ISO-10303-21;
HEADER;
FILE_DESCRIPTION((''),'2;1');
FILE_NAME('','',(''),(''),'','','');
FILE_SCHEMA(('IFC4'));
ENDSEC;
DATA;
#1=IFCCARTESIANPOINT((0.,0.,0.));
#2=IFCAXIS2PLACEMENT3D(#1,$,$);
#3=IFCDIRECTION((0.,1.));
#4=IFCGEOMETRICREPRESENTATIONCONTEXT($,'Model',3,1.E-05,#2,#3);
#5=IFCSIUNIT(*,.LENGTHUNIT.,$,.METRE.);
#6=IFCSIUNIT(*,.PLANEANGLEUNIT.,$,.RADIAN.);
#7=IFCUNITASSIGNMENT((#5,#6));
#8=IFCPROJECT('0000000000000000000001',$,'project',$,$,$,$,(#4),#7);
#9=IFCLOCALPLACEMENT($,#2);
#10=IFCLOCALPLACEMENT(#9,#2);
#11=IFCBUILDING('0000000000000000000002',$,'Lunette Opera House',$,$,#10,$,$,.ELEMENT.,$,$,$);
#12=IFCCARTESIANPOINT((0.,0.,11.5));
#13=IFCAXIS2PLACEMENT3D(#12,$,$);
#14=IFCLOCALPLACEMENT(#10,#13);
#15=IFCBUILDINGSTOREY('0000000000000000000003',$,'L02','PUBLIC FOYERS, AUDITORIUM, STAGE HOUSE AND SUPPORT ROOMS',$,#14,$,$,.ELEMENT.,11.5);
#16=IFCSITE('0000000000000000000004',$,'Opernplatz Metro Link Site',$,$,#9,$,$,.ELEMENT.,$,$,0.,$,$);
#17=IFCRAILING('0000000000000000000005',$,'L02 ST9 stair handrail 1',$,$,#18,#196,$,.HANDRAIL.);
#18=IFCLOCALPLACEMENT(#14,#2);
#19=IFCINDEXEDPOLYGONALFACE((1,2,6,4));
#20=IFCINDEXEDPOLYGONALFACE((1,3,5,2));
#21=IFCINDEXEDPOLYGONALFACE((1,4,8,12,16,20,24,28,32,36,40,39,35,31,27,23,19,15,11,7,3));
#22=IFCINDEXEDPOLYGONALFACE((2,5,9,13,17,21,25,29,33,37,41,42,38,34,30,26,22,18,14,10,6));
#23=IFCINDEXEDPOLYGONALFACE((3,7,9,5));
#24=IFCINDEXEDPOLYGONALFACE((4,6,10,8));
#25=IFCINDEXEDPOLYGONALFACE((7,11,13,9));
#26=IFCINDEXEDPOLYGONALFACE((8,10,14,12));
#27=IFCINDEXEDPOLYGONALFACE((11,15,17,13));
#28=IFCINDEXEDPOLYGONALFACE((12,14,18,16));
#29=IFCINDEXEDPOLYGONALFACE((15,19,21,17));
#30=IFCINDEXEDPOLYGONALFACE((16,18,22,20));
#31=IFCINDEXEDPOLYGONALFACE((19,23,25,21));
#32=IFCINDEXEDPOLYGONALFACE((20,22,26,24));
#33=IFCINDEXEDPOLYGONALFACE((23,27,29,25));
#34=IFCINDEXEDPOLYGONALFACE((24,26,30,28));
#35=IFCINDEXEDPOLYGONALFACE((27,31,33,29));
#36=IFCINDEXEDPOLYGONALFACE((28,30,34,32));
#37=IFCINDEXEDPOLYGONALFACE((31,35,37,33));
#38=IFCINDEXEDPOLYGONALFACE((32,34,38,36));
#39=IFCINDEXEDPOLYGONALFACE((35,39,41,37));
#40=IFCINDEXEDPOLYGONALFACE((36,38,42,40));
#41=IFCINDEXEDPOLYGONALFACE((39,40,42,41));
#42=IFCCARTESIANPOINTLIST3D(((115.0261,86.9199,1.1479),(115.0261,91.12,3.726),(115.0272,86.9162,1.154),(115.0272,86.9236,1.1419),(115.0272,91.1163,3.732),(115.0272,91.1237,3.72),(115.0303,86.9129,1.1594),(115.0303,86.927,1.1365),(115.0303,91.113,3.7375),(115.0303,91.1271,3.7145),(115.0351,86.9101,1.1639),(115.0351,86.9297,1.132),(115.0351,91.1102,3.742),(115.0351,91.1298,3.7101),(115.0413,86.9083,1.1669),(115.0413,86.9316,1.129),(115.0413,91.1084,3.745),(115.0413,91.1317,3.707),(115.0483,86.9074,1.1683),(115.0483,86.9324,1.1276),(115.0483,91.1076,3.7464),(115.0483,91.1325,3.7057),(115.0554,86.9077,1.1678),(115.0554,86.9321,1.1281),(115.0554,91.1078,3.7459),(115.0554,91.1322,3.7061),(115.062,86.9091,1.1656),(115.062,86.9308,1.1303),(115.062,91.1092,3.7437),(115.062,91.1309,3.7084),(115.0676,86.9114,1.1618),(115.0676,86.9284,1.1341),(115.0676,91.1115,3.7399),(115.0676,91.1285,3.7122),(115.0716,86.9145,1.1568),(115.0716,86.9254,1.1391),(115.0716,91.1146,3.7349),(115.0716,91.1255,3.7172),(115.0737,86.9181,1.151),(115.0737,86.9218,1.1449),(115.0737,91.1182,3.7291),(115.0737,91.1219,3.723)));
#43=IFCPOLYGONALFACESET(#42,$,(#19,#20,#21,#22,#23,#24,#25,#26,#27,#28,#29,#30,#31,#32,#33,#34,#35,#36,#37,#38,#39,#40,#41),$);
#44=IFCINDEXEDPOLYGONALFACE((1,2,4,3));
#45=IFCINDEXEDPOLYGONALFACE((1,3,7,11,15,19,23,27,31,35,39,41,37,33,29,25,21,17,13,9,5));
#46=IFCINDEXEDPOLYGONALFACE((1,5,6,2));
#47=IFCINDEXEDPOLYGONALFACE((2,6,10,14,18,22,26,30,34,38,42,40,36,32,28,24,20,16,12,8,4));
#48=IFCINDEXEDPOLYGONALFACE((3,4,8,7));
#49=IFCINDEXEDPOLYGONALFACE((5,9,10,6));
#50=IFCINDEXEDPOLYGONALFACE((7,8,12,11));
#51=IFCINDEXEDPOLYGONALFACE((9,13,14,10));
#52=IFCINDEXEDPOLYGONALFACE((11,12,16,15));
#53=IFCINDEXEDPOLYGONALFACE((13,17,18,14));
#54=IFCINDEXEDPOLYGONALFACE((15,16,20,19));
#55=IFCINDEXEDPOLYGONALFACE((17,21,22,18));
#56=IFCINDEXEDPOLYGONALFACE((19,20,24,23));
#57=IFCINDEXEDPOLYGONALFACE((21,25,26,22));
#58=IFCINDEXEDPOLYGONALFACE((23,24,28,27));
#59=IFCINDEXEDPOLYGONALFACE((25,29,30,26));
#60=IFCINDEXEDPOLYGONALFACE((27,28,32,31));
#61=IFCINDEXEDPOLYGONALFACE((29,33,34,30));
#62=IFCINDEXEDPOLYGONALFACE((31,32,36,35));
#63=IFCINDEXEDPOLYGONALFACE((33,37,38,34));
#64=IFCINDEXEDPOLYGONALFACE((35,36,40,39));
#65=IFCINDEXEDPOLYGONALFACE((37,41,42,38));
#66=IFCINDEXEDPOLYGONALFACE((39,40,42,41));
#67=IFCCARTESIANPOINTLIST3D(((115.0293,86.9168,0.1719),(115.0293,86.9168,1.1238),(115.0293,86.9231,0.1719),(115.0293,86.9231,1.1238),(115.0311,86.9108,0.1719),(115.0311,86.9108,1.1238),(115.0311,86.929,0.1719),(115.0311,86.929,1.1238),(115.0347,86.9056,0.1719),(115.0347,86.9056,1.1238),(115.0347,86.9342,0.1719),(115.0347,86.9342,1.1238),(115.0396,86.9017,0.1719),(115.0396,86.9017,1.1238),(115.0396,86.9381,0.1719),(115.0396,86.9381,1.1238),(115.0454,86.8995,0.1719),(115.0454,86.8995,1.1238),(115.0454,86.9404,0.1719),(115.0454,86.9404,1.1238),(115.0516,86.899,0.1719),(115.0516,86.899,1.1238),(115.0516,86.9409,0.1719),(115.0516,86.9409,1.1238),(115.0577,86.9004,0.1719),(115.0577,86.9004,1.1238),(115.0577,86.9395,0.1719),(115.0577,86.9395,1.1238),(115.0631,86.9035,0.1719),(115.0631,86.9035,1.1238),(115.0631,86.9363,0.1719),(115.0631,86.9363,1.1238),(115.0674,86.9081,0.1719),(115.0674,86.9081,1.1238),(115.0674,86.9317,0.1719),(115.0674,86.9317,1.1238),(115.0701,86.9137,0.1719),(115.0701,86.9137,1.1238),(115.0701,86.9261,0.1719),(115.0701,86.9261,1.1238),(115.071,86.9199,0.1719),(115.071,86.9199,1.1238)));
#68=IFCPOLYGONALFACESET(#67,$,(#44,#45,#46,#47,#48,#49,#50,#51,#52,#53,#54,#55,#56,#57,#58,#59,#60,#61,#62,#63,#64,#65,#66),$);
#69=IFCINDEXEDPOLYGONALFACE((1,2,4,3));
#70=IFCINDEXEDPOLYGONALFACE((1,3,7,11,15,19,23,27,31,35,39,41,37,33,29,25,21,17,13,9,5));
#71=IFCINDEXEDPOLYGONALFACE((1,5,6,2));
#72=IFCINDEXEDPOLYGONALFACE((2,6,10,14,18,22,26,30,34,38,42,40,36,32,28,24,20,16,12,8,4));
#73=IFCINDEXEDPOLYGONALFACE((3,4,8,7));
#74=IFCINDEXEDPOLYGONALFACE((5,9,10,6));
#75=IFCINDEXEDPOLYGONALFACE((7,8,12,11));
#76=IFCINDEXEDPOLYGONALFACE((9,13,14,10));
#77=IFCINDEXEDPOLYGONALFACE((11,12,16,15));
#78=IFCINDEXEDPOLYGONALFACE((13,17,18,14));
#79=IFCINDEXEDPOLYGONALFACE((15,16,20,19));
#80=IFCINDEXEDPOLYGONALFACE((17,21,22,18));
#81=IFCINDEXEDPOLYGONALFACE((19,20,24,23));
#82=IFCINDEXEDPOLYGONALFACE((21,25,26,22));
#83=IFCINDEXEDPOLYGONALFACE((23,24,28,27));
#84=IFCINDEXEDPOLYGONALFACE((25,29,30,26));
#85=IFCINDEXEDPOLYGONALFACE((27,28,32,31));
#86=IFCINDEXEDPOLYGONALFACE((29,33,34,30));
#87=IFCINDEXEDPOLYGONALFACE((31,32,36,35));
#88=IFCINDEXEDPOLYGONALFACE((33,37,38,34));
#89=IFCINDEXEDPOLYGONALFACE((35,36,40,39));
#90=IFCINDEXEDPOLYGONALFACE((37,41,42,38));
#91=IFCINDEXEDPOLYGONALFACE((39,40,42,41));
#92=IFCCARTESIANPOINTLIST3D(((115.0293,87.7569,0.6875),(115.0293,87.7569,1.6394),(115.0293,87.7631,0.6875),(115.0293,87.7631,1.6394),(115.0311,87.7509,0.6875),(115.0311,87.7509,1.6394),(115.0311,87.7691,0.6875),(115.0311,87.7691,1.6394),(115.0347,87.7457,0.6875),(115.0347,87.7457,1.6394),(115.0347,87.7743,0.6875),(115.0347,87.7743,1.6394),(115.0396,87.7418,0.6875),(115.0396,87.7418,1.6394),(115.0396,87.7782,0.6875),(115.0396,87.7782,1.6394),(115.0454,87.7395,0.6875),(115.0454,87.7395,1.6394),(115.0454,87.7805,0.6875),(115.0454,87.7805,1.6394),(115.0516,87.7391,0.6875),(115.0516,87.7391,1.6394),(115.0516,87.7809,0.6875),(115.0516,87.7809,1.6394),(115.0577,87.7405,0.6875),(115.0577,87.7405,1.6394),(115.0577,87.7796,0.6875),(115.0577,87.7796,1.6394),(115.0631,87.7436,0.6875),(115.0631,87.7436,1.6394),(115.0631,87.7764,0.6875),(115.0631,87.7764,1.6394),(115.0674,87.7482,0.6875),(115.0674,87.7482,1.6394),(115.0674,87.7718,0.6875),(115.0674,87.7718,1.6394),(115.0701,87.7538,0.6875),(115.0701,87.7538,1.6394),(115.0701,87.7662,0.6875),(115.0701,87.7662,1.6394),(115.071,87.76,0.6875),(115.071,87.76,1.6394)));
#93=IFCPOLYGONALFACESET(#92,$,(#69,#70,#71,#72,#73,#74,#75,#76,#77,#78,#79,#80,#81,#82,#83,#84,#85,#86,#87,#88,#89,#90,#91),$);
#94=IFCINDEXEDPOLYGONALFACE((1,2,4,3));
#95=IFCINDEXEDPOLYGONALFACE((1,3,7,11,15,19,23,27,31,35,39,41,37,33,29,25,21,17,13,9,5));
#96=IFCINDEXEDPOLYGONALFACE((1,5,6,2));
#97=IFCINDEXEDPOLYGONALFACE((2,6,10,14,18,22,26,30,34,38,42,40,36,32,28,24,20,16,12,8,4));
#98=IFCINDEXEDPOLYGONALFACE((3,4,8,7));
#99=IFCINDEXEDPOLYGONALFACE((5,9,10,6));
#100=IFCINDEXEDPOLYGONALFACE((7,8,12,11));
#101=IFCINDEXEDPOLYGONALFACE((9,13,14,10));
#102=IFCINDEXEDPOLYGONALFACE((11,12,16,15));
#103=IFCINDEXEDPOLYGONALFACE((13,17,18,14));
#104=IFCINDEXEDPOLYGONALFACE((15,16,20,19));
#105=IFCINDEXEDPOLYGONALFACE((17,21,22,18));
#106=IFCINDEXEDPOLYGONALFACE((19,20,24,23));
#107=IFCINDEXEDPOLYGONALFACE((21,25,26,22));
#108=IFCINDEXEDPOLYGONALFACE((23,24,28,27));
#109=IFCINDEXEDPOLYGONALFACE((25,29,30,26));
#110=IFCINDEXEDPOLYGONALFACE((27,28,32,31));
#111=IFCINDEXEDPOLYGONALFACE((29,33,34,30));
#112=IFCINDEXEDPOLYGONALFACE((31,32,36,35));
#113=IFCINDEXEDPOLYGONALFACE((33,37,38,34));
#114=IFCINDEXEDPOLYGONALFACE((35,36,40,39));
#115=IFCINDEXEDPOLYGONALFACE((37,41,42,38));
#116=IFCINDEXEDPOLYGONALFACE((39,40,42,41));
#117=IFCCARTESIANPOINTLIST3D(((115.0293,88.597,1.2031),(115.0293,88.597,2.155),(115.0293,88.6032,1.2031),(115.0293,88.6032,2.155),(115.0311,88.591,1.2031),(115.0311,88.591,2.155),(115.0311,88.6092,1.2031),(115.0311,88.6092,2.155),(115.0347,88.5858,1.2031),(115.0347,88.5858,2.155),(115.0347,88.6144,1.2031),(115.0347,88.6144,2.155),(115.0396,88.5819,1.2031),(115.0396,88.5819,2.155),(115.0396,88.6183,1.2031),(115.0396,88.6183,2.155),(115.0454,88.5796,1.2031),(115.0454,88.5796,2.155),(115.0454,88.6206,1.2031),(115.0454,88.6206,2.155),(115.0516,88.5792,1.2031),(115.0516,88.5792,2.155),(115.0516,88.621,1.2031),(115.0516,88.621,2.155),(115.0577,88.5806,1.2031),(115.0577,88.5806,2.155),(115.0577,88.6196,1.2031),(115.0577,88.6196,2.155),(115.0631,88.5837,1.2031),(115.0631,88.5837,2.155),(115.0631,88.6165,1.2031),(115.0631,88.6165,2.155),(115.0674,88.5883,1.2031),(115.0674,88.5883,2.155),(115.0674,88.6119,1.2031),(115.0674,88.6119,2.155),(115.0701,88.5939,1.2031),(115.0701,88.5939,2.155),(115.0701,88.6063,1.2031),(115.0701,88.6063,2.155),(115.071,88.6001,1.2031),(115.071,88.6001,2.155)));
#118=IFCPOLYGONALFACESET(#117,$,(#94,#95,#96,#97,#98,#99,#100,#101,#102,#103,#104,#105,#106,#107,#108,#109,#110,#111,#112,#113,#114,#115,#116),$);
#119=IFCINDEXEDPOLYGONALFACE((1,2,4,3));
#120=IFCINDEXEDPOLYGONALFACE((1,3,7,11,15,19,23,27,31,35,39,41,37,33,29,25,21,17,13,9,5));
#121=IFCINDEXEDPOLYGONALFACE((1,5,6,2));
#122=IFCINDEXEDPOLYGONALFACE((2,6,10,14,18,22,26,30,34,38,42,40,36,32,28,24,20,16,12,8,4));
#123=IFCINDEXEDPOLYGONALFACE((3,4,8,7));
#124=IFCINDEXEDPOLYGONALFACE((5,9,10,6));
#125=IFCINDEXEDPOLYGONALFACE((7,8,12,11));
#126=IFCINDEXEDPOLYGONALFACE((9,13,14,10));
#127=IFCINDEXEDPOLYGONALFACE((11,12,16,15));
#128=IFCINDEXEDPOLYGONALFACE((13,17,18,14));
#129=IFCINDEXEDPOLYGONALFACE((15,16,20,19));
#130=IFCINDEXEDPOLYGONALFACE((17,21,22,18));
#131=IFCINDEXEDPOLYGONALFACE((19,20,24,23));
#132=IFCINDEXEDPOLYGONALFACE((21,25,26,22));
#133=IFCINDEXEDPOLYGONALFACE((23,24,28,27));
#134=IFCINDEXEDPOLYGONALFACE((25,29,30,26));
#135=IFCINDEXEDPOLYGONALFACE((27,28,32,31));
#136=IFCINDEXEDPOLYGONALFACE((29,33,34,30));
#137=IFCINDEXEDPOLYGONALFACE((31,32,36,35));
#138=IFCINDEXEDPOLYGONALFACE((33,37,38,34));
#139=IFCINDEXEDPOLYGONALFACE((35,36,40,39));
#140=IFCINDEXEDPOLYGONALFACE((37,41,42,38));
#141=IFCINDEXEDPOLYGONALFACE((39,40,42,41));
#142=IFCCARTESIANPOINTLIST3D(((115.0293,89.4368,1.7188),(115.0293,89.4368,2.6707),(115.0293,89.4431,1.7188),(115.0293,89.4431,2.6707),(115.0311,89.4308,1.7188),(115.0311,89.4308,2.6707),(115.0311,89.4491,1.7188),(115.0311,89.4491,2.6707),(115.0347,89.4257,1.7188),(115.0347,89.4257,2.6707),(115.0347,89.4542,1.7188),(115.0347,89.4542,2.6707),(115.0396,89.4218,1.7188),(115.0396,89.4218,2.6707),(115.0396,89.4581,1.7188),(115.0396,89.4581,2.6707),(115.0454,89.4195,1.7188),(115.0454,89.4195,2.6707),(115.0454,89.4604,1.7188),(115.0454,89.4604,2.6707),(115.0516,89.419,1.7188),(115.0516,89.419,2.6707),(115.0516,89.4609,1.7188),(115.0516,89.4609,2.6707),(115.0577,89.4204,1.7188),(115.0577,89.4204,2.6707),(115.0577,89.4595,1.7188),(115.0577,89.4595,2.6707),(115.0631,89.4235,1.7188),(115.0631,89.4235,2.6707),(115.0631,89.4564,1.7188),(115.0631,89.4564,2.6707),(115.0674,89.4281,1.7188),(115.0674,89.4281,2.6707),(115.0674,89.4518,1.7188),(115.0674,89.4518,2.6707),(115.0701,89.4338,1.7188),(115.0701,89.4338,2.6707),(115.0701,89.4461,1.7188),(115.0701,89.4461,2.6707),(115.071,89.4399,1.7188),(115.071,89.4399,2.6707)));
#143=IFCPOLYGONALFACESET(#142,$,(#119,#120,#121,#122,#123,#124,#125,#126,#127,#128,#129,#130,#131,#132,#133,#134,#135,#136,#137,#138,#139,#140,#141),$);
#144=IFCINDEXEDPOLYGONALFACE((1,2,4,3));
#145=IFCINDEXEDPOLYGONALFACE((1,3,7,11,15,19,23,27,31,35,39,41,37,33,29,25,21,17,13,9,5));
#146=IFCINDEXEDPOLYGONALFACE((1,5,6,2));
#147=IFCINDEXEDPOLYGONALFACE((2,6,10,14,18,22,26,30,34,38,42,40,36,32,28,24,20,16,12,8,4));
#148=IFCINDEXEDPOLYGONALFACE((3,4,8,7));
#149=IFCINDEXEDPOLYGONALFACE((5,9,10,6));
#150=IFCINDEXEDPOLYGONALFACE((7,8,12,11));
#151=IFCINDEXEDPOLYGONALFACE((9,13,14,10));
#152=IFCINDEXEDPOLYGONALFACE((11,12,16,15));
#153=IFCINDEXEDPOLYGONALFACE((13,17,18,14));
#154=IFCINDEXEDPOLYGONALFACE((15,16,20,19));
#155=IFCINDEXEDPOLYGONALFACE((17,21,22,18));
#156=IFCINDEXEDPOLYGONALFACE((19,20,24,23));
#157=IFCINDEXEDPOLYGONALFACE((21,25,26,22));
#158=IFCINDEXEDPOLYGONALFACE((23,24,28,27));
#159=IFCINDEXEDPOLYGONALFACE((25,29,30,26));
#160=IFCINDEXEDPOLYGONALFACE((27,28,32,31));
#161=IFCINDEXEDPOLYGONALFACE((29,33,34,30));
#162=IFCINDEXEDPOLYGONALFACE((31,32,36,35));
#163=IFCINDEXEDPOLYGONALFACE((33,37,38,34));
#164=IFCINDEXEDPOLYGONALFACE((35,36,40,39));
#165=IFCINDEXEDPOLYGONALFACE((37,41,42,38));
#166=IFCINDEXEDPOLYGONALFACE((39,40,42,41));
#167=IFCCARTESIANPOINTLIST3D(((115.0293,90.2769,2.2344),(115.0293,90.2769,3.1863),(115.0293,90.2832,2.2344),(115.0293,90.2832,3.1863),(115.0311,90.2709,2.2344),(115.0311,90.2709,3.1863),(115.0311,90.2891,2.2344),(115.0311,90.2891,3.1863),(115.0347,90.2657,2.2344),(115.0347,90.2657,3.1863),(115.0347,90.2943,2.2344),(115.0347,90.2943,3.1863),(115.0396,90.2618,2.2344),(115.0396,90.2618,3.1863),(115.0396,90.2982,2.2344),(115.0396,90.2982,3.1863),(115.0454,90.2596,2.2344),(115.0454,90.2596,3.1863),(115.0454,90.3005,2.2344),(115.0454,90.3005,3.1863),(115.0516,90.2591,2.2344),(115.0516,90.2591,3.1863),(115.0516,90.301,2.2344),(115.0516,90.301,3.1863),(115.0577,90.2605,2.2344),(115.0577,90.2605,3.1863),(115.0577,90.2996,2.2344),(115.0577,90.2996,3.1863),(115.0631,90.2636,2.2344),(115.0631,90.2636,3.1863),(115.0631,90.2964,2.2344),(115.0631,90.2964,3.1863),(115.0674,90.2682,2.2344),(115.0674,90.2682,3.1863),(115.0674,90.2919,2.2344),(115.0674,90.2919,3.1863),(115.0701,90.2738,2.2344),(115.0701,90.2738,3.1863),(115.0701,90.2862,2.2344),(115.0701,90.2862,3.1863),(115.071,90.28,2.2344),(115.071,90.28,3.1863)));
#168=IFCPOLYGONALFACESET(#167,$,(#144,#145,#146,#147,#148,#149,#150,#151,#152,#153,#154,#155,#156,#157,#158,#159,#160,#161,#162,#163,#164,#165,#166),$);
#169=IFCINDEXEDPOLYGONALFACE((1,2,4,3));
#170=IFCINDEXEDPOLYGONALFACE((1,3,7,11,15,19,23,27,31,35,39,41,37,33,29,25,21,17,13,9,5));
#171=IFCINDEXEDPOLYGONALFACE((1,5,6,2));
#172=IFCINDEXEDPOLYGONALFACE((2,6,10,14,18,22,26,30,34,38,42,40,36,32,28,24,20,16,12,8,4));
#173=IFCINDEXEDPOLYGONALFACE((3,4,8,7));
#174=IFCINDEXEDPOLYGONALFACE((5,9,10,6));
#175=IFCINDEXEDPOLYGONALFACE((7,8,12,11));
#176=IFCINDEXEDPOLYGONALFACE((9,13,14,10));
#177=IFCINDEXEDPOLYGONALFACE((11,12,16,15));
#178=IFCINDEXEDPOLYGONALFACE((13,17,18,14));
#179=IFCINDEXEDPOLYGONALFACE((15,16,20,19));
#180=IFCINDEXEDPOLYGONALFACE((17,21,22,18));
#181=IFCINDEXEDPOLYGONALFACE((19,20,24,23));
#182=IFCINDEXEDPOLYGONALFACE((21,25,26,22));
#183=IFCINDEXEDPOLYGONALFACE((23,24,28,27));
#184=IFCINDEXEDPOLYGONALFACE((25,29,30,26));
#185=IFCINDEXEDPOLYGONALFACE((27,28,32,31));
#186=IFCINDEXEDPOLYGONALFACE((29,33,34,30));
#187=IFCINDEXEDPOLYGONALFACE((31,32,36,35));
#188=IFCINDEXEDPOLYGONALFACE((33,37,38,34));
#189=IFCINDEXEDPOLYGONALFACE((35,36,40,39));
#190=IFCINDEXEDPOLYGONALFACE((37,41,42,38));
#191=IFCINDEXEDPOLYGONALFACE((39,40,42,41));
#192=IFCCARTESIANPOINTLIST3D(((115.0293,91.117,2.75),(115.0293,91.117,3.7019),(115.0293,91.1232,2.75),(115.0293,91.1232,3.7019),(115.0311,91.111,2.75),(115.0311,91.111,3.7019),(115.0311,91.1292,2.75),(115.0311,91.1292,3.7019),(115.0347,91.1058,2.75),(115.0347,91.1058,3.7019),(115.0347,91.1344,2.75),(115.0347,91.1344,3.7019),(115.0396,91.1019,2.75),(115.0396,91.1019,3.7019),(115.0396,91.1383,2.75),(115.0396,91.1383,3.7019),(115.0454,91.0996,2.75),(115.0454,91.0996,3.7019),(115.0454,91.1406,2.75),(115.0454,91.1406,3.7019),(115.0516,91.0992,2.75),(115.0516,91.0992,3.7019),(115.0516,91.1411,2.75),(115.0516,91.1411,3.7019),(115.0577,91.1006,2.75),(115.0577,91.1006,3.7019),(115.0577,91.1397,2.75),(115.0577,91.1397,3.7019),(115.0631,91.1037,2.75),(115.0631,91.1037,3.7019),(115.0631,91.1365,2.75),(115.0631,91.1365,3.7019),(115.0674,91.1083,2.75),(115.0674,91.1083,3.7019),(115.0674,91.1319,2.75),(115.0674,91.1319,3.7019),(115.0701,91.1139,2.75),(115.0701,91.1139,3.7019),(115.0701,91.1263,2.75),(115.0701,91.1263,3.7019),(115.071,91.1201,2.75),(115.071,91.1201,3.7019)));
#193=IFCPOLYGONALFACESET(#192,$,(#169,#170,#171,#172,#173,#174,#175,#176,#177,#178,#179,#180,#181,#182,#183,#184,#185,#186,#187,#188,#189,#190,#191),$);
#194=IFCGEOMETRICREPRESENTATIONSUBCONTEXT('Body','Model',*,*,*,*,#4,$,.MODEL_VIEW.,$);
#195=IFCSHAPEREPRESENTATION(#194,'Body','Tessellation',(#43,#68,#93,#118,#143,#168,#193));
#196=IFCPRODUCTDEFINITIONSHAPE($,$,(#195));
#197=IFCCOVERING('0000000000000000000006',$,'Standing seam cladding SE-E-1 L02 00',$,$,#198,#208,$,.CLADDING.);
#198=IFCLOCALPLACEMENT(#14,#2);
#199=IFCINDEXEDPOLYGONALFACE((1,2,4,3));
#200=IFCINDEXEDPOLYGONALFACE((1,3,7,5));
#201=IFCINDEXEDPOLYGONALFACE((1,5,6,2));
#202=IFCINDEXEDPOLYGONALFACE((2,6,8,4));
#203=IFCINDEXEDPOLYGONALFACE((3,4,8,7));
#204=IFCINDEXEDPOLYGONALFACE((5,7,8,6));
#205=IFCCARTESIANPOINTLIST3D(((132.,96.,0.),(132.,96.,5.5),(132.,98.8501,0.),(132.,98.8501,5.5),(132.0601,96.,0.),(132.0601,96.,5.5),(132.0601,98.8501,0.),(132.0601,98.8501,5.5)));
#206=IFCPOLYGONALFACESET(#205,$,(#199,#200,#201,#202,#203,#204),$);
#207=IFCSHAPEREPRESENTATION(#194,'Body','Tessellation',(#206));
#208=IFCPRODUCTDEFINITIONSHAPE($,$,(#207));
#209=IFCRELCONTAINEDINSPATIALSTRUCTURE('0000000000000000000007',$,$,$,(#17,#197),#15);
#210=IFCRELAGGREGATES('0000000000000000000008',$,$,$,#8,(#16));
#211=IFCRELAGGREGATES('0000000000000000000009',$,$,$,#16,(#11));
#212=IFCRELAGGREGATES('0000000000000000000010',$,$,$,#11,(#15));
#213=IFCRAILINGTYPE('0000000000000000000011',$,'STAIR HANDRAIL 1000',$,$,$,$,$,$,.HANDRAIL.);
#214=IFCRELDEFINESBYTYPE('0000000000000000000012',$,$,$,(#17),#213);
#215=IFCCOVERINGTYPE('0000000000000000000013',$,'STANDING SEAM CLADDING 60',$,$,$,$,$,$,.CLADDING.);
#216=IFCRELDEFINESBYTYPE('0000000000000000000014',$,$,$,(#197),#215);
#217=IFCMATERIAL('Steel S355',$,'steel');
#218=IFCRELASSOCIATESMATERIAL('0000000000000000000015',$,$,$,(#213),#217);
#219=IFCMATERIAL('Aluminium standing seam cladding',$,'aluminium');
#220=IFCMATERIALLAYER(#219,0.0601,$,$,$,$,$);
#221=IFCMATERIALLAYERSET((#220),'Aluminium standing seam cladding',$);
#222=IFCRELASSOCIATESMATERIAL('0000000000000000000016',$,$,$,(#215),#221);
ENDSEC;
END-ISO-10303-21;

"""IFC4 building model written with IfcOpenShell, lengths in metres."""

from ifc_helpers import new_model, si_unit, direction, frame, origin, origin_2d, place, context, subcontext, project, spatial, rectangle, circle, extrude, material, layer, layer_set, type_object, element, save


model = new_model("IFC4")

# Units and contexts
model_context = context("Model", 3, precision=1e-05, world=origin(), true_north=direction((0.0, 1.0)))
body_context = subcontext(model_context, "Body", "Model", "MODEL_VIEW")
ifc_project = project(units=[si_unit("LENGTHUNIT", "METRE"), si_unit("PLANEANGLEUNIT", "RADIAN")], contexts=[model_context])

# Site, building, storey
site_placement = place(None, origin())
site = spatial("IfcSite", under=ifc_project, at=site_placement, Name="Opernplatz Metro Link Site", CompositionType="ELEMENT", RefElevation=0.0)
building_placement = place(site_placement, origin())
building = spatial("IfcBuilding", under=site, at=building_placement, Name="Lunette Opera House", CompositionType="ELEMENT")
storey_placement = place(building_placement, frame((0.0, 0.0, 11.5)))
storey = spatial("IfcBuildingStorey", under=building, at=storey_placement, Name="L02", Description="PUBLIC FOYERS, AUDITORIUM, STAGE HOUSE AND SUPPORT ROOMS", CompositionType="ELEMENT", Elevation=11.5)

# Railing
ifc_material_1 = material(Name="Steel S355", Category="steel")
railing_type = type_object("IfcRailingType", Name="STAIR HANDRAIL 1000", PredefinedType="HANDRAIL", material=ifc_material_1)
railing_placement = place(storey_placement, frame((115.05, 86.9199, 0.1719)))
element("IfcRailing", 1, at=railing_placement, inside=storey, type_object=railing_type, Name="L02 ST9 stair handrail 1", PredefinedType="HANDRAIL", context=body_context, shape_type="SweptSolid", body=[
    extrude(circle(Radius=0.0239, at=origin_2d()), frame((0.0, 0.0, 0.9761), z_axis=(0.0, 0.852256, 0.523124), x_axis=(-1.0, 0.0, 0.0)), (0.0, 0.0, 1.0), 4.9282),
    extrude(circle(Radius=0.021, at=origin_2d()), origin(), (0.0, 0.0, 1.0), 0.9519),
    extrude(circle(Radius=0.021, at=origin_2d()), frame((0.0, 0.8401, 0.5156)), (0.0, 0.0, 1.0), 0.9519),
    extrude(circle(Radius=0.021, at=origin_2d()), frame((0.0, 1.6802, 1.0312)), (0.0, 0.0, 1.0), 0.9519),
    extrude(circle(Radius=0.021, at=origin_2d()), frame((0.0, 2.52, 1.5469)), (0.0, 0.0, 1.0), 0.9519),
    extrude(circle(Radius=0.021, at=origin_2d()), frame((0.0, 3.3601, 2.0625)), (0.0, 0.0, 1.0), 0.9519),
    extrude(circle(Radius=0.021, at=origin_2d()), frame((0.0, 4.2002, 2.5781)), (0.0, 0.0, 1.0), 0.9519),
])

# Covering
ifc_material_2 = material(Name="Aluminium standing seam cladding", Category="aluminium")
ifc_layer_1 = layer(ifc_material_2, 0.0601)
ifc_layer_set_1 = layer_set([ifc_layer_1], Name="Aluminium standing seam cladding")
covering_type_1 = type_object("IfcCoveringType", Name="STANDING SEAM CLADDING 60", PredefinedType="CLADDING", material=ifc_layer_set_1)
covering_1_placement = place(storey_placement, frame((132.03, 97.425, 0.0), z_axis=(0.0, 0.0, 1.0), x_axis=(0.0, 1.0, 0.0)))
element("IfcCovering", 2, at=covering_1_placement, inside=storey, type_object=covering_type_1, Name="Standing seam cladding SE-E-1 L02 00", PredefinedType="CLADDING", context=body_context, shape_type="SweptSolid", body=[
    extrude(rectangle(XDim=2.8501, YDim=0.0601, at=origin_2d()), origin(), (0.0, 0.0, 1.0), 5.5),
])

save(model, "model.ifc")
